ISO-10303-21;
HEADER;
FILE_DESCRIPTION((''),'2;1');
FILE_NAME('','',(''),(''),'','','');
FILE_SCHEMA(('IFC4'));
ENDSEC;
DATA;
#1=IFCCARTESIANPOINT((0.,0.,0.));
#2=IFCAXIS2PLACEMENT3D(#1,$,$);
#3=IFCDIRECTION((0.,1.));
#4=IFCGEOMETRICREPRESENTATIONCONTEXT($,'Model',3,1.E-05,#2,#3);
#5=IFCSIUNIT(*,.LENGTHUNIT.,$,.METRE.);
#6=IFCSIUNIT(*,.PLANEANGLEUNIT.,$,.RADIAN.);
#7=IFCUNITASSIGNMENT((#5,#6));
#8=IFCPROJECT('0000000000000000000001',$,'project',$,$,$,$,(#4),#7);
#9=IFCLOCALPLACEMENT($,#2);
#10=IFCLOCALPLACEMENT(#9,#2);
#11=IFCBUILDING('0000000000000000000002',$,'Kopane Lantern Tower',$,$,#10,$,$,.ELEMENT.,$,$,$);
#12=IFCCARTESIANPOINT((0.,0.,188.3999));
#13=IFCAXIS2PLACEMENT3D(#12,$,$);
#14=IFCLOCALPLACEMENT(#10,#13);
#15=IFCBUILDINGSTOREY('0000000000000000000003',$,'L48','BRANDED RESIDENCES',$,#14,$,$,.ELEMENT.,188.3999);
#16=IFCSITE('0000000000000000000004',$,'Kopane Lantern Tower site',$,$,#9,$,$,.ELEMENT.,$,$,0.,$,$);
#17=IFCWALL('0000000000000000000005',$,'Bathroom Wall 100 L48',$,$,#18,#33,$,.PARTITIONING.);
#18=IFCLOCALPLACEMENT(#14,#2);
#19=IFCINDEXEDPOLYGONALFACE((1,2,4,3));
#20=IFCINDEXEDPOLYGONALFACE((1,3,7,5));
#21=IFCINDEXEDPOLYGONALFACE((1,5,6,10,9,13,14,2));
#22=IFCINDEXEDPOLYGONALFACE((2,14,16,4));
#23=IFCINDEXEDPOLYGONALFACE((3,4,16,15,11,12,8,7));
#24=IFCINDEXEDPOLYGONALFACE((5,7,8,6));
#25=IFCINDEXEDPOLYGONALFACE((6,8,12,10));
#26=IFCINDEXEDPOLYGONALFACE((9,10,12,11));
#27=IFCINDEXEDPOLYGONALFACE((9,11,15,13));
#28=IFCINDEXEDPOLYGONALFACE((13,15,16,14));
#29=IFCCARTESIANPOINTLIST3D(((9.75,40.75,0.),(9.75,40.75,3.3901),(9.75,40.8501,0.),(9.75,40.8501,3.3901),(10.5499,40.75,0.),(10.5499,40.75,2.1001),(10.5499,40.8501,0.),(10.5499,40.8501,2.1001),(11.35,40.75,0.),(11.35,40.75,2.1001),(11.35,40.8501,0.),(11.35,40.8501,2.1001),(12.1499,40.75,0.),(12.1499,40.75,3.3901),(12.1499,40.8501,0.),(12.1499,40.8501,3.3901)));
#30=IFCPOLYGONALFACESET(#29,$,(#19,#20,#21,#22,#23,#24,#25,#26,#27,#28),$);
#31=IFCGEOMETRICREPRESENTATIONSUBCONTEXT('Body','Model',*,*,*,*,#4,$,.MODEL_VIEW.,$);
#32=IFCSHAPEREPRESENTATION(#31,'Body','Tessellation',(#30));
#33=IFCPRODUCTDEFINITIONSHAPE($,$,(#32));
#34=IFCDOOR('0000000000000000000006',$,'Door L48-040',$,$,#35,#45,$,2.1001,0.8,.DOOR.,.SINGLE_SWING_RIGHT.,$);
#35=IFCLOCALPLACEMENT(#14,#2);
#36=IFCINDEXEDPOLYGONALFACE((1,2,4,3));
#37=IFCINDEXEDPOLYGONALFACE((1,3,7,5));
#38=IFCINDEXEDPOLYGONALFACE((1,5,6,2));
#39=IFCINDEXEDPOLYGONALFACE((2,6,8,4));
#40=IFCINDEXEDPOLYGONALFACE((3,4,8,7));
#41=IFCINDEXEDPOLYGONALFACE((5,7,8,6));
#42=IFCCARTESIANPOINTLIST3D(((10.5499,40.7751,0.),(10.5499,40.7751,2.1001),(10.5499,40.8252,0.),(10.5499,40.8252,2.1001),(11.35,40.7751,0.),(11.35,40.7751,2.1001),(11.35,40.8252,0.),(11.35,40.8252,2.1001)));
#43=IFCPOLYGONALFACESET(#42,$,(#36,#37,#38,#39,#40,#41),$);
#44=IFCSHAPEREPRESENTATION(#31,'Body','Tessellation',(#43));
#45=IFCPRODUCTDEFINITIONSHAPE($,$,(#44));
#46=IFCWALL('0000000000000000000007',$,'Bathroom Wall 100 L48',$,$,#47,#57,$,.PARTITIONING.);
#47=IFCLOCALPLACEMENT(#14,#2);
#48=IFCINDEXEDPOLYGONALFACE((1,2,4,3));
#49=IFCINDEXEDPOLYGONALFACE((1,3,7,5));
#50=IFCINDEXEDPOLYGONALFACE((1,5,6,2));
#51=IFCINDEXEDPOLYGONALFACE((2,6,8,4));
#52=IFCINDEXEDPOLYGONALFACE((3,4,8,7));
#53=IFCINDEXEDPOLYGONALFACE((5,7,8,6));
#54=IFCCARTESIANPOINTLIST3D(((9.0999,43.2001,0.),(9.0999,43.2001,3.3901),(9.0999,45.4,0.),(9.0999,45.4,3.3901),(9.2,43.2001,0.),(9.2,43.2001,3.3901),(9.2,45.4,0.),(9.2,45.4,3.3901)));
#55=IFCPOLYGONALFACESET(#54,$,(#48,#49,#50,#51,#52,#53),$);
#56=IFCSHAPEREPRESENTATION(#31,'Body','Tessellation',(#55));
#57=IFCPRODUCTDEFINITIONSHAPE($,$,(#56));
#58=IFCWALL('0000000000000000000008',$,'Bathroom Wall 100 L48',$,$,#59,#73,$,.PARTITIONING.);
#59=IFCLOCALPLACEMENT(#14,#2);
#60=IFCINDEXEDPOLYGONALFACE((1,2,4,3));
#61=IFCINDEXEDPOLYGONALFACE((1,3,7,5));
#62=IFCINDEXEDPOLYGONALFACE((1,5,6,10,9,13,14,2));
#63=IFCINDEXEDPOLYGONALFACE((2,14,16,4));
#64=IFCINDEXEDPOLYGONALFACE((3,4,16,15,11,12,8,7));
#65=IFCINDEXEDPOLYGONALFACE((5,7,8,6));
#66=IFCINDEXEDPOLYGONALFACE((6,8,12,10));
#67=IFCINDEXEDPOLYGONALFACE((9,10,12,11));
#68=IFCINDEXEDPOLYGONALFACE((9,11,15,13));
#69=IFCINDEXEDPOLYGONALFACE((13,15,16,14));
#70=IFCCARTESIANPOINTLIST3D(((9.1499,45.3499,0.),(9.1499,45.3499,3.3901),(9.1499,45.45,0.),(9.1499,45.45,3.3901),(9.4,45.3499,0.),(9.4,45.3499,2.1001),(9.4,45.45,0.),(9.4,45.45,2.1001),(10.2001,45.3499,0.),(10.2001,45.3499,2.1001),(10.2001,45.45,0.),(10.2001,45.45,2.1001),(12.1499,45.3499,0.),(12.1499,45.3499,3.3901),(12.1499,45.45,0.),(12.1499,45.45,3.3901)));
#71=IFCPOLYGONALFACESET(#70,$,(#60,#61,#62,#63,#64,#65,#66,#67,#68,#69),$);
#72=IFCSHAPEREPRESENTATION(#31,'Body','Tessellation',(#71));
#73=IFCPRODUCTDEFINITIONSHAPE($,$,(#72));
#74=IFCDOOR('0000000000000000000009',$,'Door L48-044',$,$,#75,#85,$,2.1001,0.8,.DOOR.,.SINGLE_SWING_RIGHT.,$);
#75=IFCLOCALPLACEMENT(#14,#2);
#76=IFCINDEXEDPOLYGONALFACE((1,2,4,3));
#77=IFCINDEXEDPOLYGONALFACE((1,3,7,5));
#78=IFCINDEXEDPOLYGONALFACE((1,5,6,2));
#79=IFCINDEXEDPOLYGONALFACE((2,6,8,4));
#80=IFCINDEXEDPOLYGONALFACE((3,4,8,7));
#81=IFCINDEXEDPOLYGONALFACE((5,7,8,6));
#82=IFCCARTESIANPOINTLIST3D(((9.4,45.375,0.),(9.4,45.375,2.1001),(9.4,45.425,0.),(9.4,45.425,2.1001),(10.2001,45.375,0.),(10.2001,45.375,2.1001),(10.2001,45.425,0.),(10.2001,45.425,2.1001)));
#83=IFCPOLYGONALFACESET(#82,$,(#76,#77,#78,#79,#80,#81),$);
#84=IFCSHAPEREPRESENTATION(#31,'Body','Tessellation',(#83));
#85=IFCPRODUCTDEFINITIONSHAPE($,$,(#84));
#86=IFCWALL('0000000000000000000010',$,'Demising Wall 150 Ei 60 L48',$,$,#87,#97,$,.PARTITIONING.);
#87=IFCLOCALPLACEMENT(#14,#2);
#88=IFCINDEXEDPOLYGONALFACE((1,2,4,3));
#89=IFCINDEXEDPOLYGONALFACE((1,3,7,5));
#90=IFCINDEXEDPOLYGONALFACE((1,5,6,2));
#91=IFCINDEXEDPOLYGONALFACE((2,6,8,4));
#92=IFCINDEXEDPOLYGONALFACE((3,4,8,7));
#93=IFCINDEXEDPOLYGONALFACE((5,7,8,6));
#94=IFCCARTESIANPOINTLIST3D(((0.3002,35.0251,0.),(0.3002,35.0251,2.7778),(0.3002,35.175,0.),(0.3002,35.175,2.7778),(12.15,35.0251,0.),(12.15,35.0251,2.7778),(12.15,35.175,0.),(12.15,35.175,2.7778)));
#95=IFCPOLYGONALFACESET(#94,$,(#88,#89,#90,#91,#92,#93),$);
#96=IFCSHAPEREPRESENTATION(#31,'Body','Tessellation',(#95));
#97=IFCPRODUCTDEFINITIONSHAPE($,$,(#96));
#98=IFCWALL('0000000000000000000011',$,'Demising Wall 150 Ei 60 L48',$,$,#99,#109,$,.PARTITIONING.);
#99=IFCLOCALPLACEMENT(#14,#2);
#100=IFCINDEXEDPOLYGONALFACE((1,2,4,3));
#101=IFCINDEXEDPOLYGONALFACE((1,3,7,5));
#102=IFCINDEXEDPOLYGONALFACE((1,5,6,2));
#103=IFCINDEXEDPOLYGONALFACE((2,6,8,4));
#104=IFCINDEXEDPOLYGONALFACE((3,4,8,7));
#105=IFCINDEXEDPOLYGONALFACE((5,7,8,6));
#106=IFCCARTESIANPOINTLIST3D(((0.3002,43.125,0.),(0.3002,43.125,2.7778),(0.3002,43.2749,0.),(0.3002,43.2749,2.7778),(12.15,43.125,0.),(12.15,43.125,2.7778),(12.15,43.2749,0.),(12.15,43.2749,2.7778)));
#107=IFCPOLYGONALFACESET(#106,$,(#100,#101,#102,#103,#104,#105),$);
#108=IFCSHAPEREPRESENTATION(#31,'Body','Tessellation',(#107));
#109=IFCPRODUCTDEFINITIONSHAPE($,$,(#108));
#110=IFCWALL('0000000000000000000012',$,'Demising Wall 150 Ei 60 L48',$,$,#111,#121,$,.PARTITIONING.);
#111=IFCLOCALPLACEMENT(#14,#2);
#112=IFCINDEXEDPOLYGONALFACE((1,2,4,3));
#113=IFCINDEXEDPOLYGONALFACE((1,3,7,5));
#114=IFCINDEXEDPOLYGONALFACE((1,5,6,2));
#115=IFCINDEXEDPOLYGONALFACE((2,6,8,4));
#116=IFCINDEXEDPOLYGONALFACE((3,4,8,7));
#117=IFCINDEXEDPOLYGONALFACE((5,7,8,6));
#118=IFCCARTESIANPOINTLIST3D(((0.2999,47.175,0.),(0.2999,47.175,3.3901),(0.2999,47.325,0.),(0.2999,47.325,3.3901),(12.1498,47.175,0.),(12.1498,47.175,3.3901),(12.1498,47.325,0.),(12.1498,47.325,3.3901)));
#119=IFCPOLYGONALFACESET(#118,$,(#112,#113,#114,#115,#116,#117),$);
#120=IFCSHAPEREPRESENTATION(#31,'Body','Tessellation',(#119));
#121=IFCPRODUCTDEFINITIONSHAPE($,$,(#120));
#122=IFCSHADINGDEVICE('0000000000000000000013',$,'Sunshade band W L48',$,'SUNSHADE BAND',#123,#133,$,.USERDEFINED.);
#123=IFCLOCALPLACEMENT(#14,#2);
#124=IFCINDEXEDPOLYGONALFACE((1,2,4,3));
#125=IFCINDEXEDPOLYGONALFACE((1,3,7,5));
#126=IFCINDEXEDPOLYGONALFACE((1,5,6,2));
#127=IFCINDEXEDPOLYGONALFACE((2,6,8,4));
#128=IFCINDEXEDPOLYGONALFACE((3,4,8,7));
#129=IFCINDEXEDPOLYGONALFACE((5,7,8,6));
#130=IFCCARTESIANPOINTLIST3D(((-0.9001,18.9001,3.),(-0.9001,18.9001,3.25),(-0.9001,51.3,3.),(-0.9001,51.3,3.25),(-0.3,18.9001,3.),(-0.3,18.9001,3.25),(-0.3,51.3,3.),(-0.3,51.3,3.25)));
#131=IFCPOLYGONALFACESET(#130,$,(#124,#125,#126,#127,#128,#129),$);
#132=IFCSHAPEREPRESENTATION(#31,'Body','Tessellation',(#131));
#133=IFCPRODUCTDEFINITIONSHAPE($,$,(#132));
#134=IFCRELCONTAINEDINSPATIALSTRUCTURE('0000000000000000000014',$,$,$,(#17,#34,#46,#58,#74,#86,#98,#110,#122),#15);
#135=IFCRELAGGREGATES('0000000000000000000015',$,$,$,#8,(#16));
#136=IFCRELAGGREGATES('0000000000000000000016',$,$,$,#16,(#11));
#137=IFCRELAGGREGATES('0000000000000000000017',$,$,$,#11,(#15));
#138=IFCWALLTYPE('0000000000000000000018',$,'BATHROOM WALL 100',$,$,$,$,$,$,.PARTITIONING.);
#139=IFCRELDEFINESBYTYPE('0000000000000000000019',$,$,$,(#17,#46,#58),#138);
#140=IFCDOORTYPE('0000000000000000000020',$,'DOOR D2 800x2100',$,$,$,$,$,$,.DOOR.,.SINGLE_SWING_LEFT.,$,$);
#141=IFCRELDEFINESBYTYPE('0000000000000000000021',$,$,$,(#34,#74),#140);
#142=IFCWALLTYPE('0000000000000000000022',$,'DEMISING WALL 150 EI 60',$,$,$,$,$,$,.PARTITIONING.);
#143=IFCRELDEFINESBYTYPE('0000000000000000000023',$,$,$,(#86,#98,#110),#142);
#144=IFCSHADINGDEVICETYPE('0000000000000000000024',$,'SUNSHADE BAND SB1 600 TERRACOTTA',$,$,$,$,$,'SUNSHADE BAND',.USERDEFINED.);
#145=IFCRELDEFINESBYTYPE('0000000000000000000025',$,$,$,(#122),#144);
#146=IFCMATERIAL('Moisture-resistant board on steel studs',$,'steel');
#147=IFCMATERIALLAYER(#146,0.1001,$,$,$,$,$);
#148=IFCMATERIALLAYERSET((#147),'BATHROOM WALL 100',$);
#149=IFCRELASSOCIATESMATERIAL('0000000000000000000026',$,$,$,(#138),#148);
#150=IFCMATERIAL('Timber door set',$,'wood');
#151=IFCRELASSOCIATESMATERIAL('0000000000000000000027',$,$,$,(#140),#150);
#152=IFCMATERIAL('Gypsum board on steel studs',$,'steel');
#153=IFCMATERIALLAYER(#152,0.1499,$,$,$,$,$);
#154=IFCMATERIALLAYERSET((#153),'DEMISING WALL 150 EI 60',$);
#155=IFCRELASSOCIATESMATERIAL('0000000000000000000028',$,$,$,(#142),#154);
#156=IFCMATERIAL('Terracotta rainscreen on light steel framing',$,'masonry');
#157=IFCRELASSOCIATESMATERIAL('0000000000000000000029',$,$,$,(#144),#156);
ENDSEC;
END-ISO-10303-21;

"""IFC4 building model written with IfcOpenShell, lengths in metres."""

from ifc_helpers import new_model, si_unit, direction, frame, frame_2d, origin, origin_2d, place, context, subcontext, project, spatial, rectangle, extrude, material, layer, layer_set, type_object, element, fill, save


model = new_model("IFC4")

# Units and contexts
model_context = context("Model", 3, precision=1e-05, world=origin(), true_north=direction((0.0, 1.0)))
body_context = subcontext(model_context, "Body", "Model", "MODEL_VIEW")
ifc_project = project(units=[si_unit("LENGTHUNIT", "METRE"), si_unit("PLANEANGLEUNIT", "RADIAN")], contexts=[model_context])

# Site, building, storey
site_placement = place(None, origin())
site = spatial("IfcSite", under=ifc_project, at=site_placement, Name="Kopane Lantern Tower site", CompositionType="ELEMENT", RefElevation=0.0)
building_placement = place(site_placement, origin())
building = spatial("IfcBuilding", under=site, at=building_placement, Name="Kopane Lantern Tower", CompositionType="ELEMENT")
storey_placement = place(building_placement, frame((0.0, 0.0, 188.3999)))
storey = spatial("IfcBuildingStorey", under=building, at=storey_placement, Name="L48", Description="BRANDED RESIDENCES", CompositionType="ELEMENT", Elevation=188.3999)

# Wall, opening, door
ifc_material_1 = material(Name="Moisture-resistant board on steel studs", Category="steel")
ifc_layer_1 = layer(ifc_material_1, 0.1001)
ifc_layer_set_1 = layer_set([ifc_layer_1], Name="BATHROOM WALL 100")
wall_type_1 = type_object("IfcWallType", Name="BATHROOM WALL 100", PredefinedType="PARTITIONING", material=ifc_layer_set_1)
ifc_material_2 = material(Name="Timber door set", Category="wood")
door_type = type_object("IfcDoorType", Name="DOOR D2 800x2100", OperationType="SINGLE_SWING_LEFT", PredefinedType="DOOR", material=ifc_material_2)
wall_1_placement = place(storey_placement, frame((12.1499, 40.8, 0.0), z_axis=(0.0, 0.0, 1.0), x_axis=(-1.0, 0.0, 0.0)))
wall_1 = element("IfcWall", 1, at=wall_1_placement, inside=storey, type_object=wall_type_1, Name="Bathroom Wall 100 L48", PredefinedType="PARTITIONING", context=body_context, shape_type="SweptSolid", body=[
    extrude(rectangle(XDim=2.3999, YDim=0.1001, at=frame_2d((1.2, 0.0))), origin(), (0.0, 0.0, 1.0), 3.3901),
])
opening_1_placement = place(wall_1_placement, frame((0.8, 0.0, 0.0)))
opening_1 = element("IfcOpeningElement", 2, at=opening_1_placement, cuts=wall_1, PredefinedType="OPENING", context=body_context, shape_type="SweptSolid", body=[
    extrude(rectangle(XDim=0.8, YDim=2.1001, at=frame_2d((0.3999, 1.05))), frame((0.0, 0.0601, 0.0), z_axis=(0.0, -1.0, 0.0), x_axis=(1.0, 0.0, 0.0)), (0.0, 0.0, 1.0), 0.1201),
])
door_1_placement = place(opening_1_placement, origin())
door_1 = element("IfcDoor", 3, at=door_1_placement, inside=storey, type_object=door_type, Name="Door L48-040", OperationType="SINGLE_SWING_RIGHT", OverallHeight=2.1001, OverallWidth=0.8, PredefinedType="DOOR", context=body_context, shape_type="SweptSolid", body=[
    extrude(rectangle(XDim=0.8, YDim=2.1001, at=frame_2d((0.3999, 1.05))), frame((0.0, 0.0249, 0.0), z_axis=(0.0, -1.0, 0.0), x_axis=(1.0, 0.0, 0.0)), (0.0, 0.0, 1.0), 0.05),
])
fill(opening_1, door_1)

# Wall
wall_2_placement = place(storey_placement, frame((9.1499, 43.2, 0.0), z_axis=(0.0, 0.0, 1.0), x_axis=(0.0, 1.0, 0.0)))
element("IfcWall", 4, at=wall_2_placement, inside=storey, type_object=wall_type_1, Name="Bathroom Wall 100 L48", PredefinedType="PARTITIONING", context=body_context, shape_type="SweptSolid", body=[
    extrude(rectangle(XDim=2.2, YDim=0.1001, at=frame_2d((1.1001, 0.0))), origin(), (0.0, 0.0, 1.0), 3.3901),
])

# Wall, opening, door
wall_3_placement = place(storey_placement, frame((12.1499, 45.3999, 0.0), z_axis=(0.0, 0.0, 1.0), x_axis=(-1.0, 0.0, 0.0)))
wall_3 = element("IfcWall", 5, at=wall_3_placement, inside=storey, type_object=wall_type_1, Name="Bathroom Wall 100 L48", PredefinedType="PARTITIONING", context=body_context, shape_type="SweptSolid", body=[
    extrude(rectangle(XDim=3.0, YDim=0.1001, at=frame_2d((1.5, 0.0))), origin(), (0.0, 0.0, 1.0), 3.3901),
])
opening_2_placement = place(wall_3_placement, frame((1.95, 0.0, 0.0)))
opening_2 = element("IfcOpeningElement", 6, at=opening_2_placement, cuts=wall_3, PredefinedType="OPENING", context=body_context, shape_type="SweptSolid", body=[
    extrude(rectangle(XDim=0.8, YDim=2.1001, at=frame_2d((0.3999, 1.05))), frame((0.0, 0.0601, 0.0), z_axis=(0.0, -1.0, 0.0), x_axis=(1.0, 0.0, 0.0)), (0.0, 0.0, 1.0), 0.1201),
])
door_2_placement = place(opening_2_placement, origin())
door_2 = element("IfcDoor", 7, at=door_2_placement, inside=storey, type_object=door_type, Name="Door L48-044", OperationType="SINGLE_SWING_RIGHT", OverallHeight=2.1001, OverallWidth=0.8, PredefinedType="DOOR", context=body_context, shape_type="SweptSolid", body=[
    extrude(rectangle(XDim=0.8, YDim=2.1001, at=frame_2d((0.3999, 1.05))), frame((0.0, 0.0249, 0.0), z_axis=(0.0, -1.0, 0.0), x_axis=(1.0, 0.0, 0.0)), (0.0, 0.0, 1.0), 0.05),
])
fill(opening_2, door_2)

# Walls
ifc_material_3 = material(Name="Gypsum board on steel studs", Category="steel")
ifc_layer_2 = layer(ifc_material_3, 0.1499)
ifc_layer_set_2 = layer_set([ifc_layer_2], Name="DEMISING WALL 150 EI 60")
wall_type_2 = type_object("IfcWallType", Name="DEMISING WALL 150 EI 60", PredefinedType="PARTITIONING", material=ifc_layer_set_2)
for number, where, z_axis, x_axis, name in (
    (8, (12.1499, 35.1001, 0.0), (0.0, 0.0, 1.0), (-1.0, 0.0, 0.0), "Demising Wall 150 Ei 60 L48"),
    (9, (12.1499, 43.2, 0.0), (0.0, 0.0, 1.0), (-1.0, 0.0, 0.0), "Demising Wall 150 Ei 60 L48"),
):
    element("IfcWall", number, at=place(storey_placement, frame(where, z_axis=z_axis, x_axis=x_axis)), inside=storey, type_object=wall_type_2, Name=name, PredefinedType="PARTITIONING", context=body_context, shape_type="SweptSolid", body=[
        extrude(rectangle(XDim=11.8499, YDim=0.1499, at=frame_2d((5.9248, 0.0))), origin(), (0.0, 0.0, 1.0), 2.7778),
    ])
wall_4_placement = place(storey_placement, frame((0.3, 47.25, 0.0), z_axis=(0.0, 0.0, 1.0), x_axis=(1.0, 0.0, 0.0)))
element("IfcWall", 10, at=wall_4_placement, inside=storey, type_object=wall_type_2, Name="Demising Wall 150 Ei 60 L48", PredefinedType="PARTITIONING", context=body_context, shape_type="SweptSolid", body=[
    extrude(rectangle(XDim=11.8499, YDim=0.1499, at=frame_2d((5.9248, 0.0))), origin(), (0.0, 0.0, 1.0), 3.3901),
])

# Shading device
ifc_material_4 = material(Name="Terracotta rainscreen on light steel framing", Category="masonry")
shading_device_type = type_object("IfcShadingDeviceType", Name="SUNSHADE BAND SB1 600 TERRACOTTA", ElementType="SUNSHADE BAND", PredefinedType="USERDEFINED", material=ifc_material_4)
shading_device_placement = place(storey_placement, frame((-0.6001, 35.1001, 3.0), z_axis=(0.0, 0.0, 1.0), x_axis=(0.0, -1.0, 0.0)))
element("IfcShadingDevice", 11, at=shading_device_placement, inside=storey, type_object=shading_device_type, Name="Sunshade band W L48", ObjectType="SUNSHADE BAND", PredefinedType="USERDEFINED", context=body_context, shape_type="SweptSolid", body=[
    extrude(rectangle(XDim=32.3999, YDim=0.6001, at=origin_2d()), origin(), (0.0, 0.0, 1.0), 0.25),
])

save(model, "model.ifc")
